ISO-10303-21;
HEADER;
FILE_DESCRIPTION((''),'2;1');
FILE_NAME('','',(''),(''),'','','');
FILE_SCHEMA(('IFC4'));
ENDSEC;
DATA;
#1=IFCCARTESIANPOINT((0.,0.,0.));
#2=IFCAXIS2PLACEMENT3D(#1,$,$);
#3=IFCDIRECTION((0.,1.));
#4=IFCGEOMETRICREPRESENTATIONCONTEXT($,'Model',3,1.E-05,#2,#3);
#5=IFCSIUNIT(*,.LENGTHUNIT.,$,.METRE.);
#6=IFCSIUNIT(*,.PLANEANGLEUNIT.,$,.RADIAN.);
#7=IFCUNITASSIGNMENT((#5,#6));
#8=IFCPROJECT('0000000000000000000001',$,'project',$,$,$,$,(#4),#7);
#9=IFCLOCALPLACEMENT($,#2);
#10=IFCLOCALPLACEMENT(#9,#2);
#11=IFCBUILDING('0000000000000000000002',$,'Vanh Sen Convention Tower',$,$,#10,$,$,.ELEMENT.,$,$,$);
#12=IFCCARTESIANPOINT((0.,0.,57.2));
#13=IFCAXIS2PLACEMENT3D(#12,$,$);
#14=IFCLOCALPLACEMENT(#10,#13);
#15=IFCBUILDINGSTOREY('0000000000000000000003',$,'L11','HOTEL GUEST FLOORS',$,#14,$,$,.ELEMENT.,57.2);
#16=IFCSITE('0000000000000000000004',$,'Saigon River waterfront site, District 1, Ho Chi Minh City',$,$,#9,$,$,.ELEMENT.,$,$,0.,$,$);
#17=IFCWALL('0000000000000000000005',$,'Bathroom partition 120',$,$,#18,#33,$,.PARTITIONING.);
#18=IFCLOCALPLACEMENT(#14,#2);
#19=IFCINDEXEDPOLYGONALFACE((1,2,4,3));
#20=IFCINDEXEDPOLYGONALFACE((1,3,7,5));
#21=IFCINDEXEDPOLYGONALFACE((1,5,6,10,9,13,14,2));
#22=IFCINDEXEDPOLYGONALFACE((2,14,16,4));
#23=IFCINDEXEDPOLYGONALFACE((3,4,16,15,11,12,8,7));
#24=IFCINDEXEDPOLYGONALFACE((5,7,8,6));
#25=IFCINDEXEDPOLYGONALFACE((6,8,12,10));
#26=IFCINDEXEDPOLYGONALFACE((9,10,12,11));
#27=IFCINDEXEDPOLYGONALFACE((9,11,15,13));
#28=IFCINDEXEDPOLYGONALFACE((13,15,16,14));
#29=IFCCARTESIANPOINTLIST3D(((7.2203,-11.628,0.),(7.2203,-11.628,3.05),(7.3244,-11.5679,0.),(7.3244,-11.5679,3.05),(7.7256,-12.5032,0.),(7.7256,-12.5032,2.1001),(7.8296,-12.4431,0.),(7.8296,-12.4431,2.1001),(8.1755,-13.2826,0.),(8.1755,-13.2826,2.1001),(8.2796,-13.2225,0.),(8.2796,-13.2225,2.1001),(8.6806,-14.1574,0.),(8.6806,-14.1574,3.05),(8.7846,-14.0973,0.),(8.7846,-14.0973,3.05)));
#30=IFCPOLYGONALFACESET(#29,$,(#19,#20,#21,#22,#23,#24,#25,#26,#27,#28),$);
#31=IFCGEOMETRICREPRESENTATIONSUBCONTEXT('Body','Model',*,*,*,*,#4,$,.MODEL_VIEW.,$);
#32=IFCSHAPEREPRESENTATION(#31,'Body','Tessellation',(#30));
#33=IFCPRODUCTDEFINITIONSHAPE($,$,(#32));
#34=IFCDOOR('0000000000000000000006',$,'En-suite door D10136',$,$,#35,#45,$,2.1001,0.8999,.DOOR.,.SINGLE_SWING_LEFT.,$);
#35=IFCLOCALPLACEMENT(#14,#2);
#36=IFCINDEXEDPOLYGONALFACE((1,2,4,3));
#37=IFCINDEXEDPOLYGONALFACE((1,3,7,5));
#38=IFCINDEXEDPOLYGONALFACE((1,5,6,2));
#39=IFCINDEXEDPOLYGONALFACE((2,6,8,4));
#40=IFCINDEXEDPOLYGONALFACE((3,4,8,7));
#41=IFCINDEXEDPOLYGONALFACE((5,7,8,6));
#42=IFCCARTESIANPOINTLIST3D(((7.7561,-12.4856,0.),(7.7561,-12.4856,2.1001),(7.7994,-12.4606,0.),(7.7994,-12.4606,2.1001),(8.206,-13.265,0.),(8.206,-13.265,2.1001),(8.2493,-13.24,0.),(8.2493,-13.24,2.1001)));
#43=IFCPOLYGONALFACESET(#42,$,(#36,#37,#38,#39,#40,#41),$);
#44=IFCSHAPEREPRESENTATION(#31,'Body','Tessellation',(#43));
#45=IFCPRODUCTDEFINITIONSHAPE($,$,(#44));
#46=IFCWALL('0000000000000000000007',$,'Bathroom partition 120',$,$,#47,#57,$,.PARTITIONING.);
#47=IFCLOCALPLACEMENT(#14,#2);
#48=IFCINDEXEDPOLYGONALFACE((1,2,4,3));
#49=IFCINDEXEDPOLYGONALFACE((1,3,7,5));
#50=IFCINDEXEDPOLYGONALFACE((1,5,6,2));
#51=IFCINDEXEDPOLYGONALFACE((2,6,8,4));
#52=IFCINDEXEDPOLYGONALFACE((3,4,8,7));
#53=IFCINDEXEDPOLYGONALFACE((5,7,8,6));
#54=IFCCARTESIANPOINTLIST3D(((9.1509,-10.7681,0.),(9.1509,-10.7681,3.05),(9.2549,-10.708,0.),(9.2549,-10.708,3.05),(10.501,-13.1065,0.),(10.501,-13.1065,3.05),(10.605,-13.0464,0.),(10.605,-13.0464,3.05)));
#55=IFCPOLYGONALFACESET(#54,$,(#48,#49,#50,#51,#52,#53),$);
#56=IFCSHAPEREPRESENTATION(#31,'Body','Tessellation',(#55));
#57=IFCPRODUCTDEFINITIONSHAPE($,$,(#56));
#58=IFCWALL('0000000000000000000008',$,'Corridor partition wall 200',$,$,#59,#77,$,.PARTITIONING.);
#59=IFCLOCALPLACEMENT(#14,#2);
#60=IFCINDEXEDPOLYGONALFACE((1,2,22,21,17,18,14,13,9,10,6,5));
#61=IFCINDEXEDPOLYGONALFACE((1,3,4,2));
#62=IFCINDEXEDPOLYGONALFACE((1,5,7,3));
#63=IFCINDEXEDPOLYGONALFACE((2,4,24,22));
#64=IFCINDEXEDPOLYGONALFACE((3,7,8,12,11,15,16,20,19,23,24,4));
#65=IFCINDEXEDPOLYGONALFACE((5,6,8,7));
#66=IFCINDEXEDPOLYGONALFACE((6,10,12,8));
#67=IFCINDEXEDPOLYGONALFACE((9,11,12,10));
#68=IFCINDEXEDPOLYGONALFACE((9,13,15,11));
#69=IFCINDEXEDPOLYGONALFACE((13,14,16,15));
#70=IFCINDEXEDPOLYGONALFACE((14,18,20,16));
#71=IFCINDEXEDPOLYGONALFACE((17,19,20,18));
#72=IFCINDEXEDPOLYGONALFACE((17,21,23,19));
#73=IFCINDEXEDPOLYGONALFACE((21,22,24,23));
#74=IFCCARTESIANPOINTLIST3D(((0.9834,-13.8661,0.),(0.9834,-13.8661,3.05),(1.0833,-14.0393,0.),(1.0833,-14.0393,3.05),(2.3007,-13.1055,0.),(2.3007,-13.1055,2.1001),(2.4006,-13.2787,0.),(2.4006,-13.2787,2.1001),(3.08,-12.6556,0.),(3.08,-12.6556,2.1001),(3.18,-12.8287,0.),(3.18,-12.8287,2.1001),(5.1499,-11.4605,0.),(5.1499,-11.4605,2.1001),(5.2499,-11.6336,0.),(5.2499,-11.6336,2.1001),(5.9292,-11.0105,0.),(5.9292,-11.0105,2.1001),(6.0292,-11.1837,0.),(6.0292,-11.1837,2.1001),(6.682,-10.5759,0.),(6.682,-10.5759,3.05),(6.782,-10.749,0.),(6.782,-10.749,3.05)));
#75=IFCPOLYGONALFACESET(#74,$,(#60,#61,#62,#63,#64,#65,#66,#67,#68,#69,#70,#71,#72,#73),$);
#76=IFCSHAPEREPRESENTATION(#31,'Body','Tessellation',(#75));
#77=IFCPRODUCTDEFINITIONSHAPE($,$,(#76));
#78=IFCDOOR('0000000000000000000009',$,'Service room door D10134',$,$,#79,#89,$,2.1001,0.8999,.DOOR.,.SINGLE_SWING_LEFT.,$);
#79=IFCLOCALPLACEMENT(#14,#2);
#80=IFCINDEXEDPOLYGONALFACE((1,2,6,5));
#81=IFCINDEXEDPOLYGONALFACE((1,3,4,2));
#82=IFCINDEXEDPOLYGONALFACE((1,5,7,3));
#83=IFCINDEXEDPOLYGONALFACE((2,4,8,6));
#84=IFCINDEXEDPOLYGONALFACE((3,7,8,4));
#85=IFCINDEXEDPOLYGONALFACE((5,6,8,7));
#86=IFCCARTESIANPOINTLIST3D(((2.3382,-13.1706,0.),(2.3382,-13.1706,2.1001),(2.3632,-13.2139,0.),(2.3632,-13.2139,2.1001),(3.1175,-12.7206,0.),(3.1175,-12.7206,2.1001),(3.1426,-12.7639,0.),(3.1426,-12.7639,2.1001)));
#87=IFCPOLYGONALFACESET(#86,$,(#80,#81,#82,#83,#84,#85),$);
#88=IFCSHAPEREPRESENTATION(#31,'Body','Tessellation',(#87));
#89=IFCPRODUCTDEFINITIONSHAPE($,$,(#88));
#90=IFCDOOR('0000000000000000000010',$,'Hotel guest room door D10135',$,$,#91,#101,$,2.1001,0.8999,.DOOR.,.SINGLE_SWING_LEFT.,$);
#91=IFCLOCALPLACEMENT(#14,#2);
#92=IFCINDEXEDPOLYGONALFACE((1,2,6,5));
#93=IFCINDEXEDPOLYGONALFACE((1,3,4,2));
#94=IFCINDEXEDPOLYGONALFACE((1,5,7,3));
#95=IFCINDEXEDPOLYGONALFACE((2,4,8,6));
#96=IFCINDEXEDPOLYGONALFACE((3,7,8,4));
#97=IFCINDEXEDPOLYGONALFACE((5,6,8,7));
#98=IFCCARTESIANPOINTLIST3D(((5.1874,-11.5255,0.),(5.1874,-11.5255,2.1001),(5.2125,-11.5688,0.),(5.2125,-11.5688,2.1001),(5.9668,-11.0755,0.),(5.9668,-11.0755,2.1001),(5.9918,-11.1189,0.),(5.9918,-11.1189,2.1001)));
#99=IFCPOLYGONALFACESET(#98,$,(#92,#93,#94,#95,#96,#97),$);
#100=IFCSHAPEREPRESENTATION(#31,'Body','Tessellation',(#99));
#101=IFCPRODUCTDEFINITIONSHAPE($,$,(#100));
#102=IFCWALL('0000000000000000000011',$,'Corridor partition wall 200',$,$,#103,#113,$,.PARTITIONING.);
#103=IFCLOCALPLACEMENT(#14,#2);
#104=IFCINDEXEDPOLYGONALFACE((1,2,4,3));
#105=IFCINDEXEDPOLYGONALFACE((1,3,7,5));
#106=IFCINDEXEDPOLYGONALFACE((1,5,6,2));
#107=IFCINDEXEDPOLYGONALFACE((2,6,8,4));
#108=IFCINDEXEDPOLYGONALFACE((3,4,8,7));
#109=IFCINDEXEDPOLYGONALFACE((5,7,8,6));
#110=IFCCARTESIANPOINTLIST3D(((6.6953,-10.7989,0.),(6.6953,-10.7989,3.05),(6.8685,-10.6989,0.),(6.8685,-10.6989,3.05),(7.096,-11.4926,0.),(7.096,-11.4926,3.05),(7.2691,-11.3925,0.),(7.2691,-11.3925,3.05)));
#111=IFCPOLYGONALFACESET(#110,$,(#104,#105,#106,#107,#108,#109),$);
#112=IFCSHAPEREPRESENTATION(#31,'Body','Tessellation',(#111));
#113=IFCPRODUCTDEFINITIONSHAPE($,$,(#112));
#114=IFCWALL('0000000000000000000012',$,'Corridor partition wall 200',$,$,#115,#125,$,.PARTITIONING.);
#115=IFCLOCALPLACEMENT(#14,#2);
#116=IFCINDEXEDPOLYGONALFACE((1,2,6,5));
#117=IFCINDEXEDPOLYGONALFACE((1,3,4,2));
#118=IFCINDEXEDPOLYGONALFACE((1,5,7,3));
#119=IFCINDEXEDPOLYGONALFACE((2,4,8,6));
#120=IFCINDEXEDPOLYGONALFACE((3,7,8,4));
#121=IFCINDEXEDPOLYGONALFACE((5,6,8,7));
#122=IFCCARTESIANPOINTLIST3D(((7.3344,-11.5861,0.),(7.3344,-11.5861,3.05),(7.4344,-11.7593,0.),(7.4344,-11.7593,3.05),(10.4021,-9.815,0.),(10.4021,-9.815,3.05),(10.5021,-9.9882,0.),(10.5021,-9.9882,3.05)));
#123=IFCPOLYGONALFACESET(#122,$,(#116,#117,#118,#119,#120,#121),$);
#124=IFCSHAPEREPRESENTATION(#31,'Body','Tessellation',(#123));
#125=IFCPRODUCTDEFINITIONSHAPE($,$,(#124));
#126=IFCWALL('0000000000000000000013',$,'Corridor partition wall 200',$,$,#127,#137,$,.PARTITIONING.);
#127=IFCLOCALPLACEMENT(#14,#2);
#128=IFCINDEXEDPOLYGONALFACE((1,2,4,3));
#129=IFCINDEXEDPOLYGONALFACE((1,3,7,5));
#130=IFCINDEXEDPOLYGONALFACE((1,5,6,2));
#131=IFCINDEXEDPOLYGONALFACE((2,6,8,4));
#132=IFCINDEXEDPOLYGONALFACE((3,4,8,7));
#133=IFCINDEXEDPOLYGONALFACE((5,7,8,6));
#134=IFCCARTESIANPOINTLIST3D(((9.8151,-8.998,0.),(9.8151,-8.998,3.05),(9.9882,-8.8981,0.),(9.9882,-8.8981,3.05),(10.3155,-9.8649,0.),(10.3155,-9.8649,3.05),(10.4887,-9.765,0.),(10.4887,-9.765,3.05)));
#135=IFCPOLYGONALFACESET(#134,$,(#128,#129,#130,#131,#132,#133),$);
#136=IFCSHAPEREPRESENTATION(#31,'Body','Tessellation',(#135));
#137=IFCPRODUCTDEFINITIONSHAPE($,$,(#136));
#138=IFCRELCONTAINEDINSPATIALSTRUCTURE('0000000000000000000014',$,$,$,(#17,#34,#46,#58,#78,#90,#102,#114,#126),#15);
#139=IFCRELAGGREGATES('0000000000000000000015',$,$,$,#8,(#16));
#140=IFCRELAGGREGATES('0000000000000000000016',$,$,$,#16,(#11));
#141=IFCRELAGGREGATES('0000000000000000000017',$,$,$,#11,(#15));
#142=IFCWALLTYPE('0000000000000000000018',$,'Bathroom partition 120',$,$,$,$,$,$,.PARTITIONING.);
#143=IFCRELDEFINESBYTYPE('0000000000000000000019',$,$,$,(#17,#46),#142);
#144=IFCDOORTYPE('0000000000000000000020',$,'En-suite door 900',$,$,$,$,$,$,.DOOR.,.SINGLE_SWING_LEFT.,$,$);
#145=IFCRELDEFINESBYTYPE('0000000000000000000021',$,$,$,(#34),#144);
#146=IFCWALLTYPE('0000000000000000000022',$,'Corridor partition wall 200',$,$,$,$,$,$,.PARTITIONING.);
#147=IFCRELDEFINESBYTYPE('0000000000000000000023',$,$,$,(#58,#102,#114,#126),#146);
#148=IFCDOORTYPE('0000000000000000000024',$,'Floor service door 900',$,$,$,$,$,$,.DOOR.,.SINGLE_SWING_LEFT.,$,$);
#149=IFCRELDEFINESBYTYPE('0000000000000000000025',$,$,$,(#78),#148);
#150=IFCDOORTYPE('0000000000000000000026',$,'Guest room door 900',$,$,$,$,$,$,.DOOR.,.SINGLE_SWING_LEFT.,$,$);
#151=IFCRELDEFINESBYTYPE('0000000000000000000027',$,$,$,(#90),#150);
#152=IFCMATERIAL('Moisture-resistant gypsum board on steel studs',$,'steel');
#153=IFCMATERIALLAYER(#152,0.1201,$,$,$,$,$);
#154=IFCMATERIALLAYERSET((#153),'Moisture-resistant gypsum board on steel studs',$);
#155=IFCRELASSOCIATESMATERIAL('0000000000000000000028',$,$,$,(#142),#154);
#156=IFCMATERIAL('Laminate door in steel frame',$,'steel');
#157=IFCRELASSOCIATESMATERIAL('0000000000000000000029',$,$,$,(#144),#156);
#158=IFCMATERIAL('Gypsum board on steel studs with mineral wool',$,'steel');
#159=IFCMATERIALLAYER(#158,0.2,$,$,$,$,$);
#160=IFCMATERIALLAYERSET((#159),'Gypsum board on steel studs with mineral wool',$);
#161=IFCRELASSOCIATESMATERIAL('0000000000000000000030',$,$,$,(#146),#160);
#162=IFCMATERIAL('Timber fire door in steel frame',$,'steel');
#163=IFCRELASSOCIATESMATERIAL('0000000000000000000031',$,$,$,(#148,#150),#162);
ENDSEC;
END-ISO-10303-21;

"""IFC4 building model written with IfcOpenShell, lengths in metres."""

from ifc_helpers import new_model, si_unit, direction, frame, frame_2d, origin, place, context, subcontext, project, spatial, rectangle, extrude, material, layer, layer_set, type_object, element, fill, save


model = new_model("IFC4")

# Units and contexts
model_context = context("Model", 3, precision=1e-05, world=origin(), true_north=direction((0.0, 1.0)))
body_context = subcontext(model_context, "Body", "Model", "MODEL_VIEW")
ifc_project = project(units=[si_unit("LENGTHUNIT", "METRE"), si_unit("PLANEANGLEUNIT", "RADIAN")], contexts=[model_context])

# Site, building, storey
site_placement = place(None, origin())
site = spatial("IfcSite", under=ifc_project, at=site_placement, Name="Saigon River waterfront site, District 1, Ho Chi Minh City", CompositionType="ELEMENT", RefElevation=0.0)
building_placement = place(site_placement, origin())
building = spatial("IfcBuilding", under=site, at=building_placement, Name="Vanh Sen Convention Tower", CompositionType="ELEMENT")
storey_placement = place(building_placement, frame((0.0, 0.0, 57.2)))
storey = spatial("IfcBuildingStorey", under=building, at=storey_placement, Name="L11", Description="HOTEL GUEST FLOORS", CompositionType="ELEMENT", Elevation=57.2)

# Wall, opening, door
ifc_material_1 = material(Name="Moisture-resistant gypsum board on steel studs", Category="steel")
ifc_layer_1 = layer(ifc_material_1, 0.1201)
ifc_layer_set_1 = layer_set([ifc_layer_1], Name="Moisture-resistant gypsum board on steel studs")
wall_type_1 = type_object("IfcWallType", Name="Bathroom partition 120", PredefinedType="PARTITIONING", material=ifc_layer_set_1)
wall_1_placement = place(storey_placement, frame((8.7327, -14.1274, 0.0), z_axis=(0.0, 0.0, 1.0), x_axis=(-0.499978, 0.866038, 0.0)))
wall_1 = element("IfcWall", 1, at=wall_1_placement, inside=storey, type_object=wall_type_1, Name="Bathroom partition 120", PredefinedType="PARTITIONING", context=body_context, shape_type="SweptSolid", body=[
    extrude(rectangle(XDim=2.9207, YDim=0.1201, at=frame_2d((1.4604, 0.0))), origin(), (0.0, 0.0, 1.0), 3.05),
])
opening_1_placement = place(wall_1_placement, frame((1.0103, 0.0, 0.0)))
opening_1 = element("IfcOpeningElement", 2, at=opening_1_placement, cuts=wall_1, PredefinedType="OPENING", context=body_context, shape_type="SweptSolid", body=[
    extrude(rectangle(XDim=0.8999, YDim=2.1001, at=frame_2d((0.45, 1.05))), frame((0.0, 0.0701, 0.0), z_axis=(0.0, -1.0, 0.0), x_axis=(1.0, 0.0, 0.0)), (0.0, 0.0, 1.0), 0.1401),
])
ifc_material_2 = material(Name="Laminate door in steel frame", Category="steel")
door_type_1 = type_object("IfcDoorType", Name="En-suite door 900", OperationType="SINGLE_SWING_LEFT", PredefinedType="DOOR", material=ifc_material_2)
door_1_placement = place(opening_1_placement, origin())
door_1 = element("IfcDoor", 3, at=door_1_placement, inside=storey, type_object=door_type_1, Name="En-suite door D10136", OperationType="SINGLE_SWING_LEFT", OverallHeight=2.1001, OverallWidth=0.8999, PredefinedType="DOOR", context=body_context, shape_type="SweptSolid", body=[
    extrude(rectangle(XDim=0.8999, YDim=2.1001, at=frame_2d((0.45, 1.05))), frame((0.0, 0.0249, 0.0), z_axis=(0.0, -1.0, 0.0), x_axis=(1.0, 0.0, 0.0)), (0.0, 0.0, 1.0), 0.05),
])
fill(opening_1, door_1)

# Wall
wall_2_placement = place(storey_placement, frame((9.2029, -10.738, 0.0), z_axis=(0.0, 0.0, 1.0), x_axis=(0.500009, -0.86602, 0.0)))
element("IfcWall", 4, at=wall_2_placement, inside=storey, type_object=wall_type_1, Name="Bathroom partition 120", PredefinedType="PARTITIONING", context=body_context, shape_type="SweptSolid", body=[
    extrude(rectangle(XDim=2.7002, YDim=0.1201, at=frame_2d((1.3501, 0.0))), origin(), (0.0, 0.0, 1.0), 3.05),
])

# Wall, openings, doors
ifc_material_3 = material(Name="Gypsum board on steel studs with mineral wool", Category="steel")
ifc_layer_2 = layer(ifc_material_3, 0.2)
ifc_layer_set_2 = layer_set([ifc_layer_2], Name="Gypsum board on steel studs with mineral wool")
wall_type_2 = type_object("IfcWallType", Name="Corridor partition wall 200", PredefinedType="PARTITIONING", material=ifc_layer_set_2)
wall_3_placement = place(storey_placement, frame((1.0334, -13.9526, 0.0), z_axis=(0.0, 0.0, 1.0), x_axis=(0.866018, 0.500014, 0.0)))
wall_3 = element("IfcWall", 5, at=wall_3_placement, inside=storey, type_object=wall_type_2, Name="Corridor partition wall 200", PredefinedType="PARTITIONING", context=body_context, shape_type="SweptSolid", body=[
    extrude(rectangle(XDim=6.5803, YDim=0.2, at=frame_2d((3.29, 0.0))), origin(), (0.0, 0.0, 1.0), 3.05),
])
opening_2_placement = place(wall_3_placement, frame((1.521, 0.0, 0.0)))
opening_2 = element("IfcOpeningElement", 6, at=opening_2_placement, cuts=wall_3, PredefinedType="OPENING", context=body_context, shape_type="SweptSolid", body=[
    extrude(rectangle(XDim=0.8999, YDim=2.1001, at=frame_2d((0.45, 1.05))), frame((0.0, 0.1099, 0.0), z_axis=(0.0, -1.0, 0.0), x_axis=(1.0, 0.0, 0.0)), (0.0, 0.0, 1.0), 0.22),
])
opening_3_placement = place(wall_3_placement, frame((4.811, 0.0, 0.0)))
opening_3 = element("IfcOpeningElement", 7, at=opening_3_placement, cuts=wall_3, PredefinedType="OPENING", context=body_context, shape_type="SweptSolid", body=[
    extrude(rectangle(XDim=0.8999, YDim=2.1001, at=frame_2d((0.45, 1.05))), frame((0.0, 0.1099, 0.0), z_axis=(0.0, -1.0, 0.0), x_axis=(1.0, 0.0, 0.0)), (0.0, 0.0, 1.0), 0.22),
])
ifc_material_4 = material(Name="Timber fire door in steel frame", Category="steel")
door_type_2 = type_object("IfcDoorType", Name="Floor service door 900", OperationType="SINGLE_SWING_LEFT", PredefinedType="DOOR", material=ifc_material_4)
door_2_placement = place(opening_2_placement, origin())
door_2 = element("IfcDoor", 8, at=door_2_placement, inside=storey, type_object=door_type_2, Name="Service room door D10134", OperationType="SINGLE_SWING_LEFT", OverallHeight=2.1001, OverallWidth=0.8999, PredefinedType="DOOR", context=body_context, shape_type="SweptSolid", body=[
    extrude(rectangle(XDim=0.8999, YDim=2.1001, at=frame_2d((0.45, 1.05))), frame((0.0, 0.0249, 0.0), z_axis=(0.0, -1.0, 0.0), x_axis=(1.0, 0.0, 0.0)), (0.0, 0.0, 1.0), 0.05),
])
fill(opening_2, door_2)
door_type_3 = type_object("IfcDoorType", Name="Guest room door 900", OperationType="SINGLE_SWING_LEFT", PredefinedType="DOOR", material=ifc_material_4)
door_3_placement = place(opening_3_placement, origin())
door_3 = element("IfcDoor", 9, at=door_3_placement, inside=storey, type_object=door_type_3, Name="Hotel guest room door D10135", OperationType="SINGLE_SWING_LEFT", OverallHeight=2.1001, OverallWidth=0.8999, PredefinedType="DOOR", context=body_context, shape_type="SweptSolid", body=[
    extrude(rectangle(XDim=0.8999, YDim=2.1001, at=frame_2d((0.45, 1.05))), frame((0.0, 0.0249, 0.0), z_axis=(0.0, -1.0, 0.0), x_axis=(1.0, 0.0, 0.0)), (0.0, 0.0, 1.0), 0.05),
])
fill(opening_3, door_3)

# Walls
wall_4_placement = place(storey_placement, frame((6.782, -10.749, 0.0), z_axis=(0.0, 0.0, 1.0), x_axis=(0.500171, -0.865927, 0.0)))
element("IfcWall", 10, at=wall_4_placement, inside=storey, type_object=wall_type_2, Name="Corridor partition wall 200", PredefinedType="PARTITIONING", context=body_context, shape_type="SweptSolid", body=[
    extrude(rectangle(XDim=0.801, YDim=0.2, at=frame_2d((0.4004, 0.0))), origin(), (0.0, 0.0, 1.0), 3.05),
])
wall_5_placement = place(storey_placement, frame((7.3845, -11.6726, 0.0), z_axis=(0.0, 0.0, 1.0), x_axis=(0.866038, 0.499979, 0.0)))
element("IfcWall", 11, at=wall_5_placement, inside=storey, type_object=wall_type_2, Name="Corridor partition wall 200", PredefinedType="PARTITIONING", context=body_context, shape_type="SweptSolid", body=[
    extrude(rectangle(XDim=3.5422, YDim=0.2, at=frame_2d((1.771, 0.0))), origin(), (0.0, 0.0, 1.0), 3.05),
])
wall_6_placement = place(storey_placement, frame((10.4021, -9.8149, 0.0), z_axis=(0.0, 0.0, 1.0), x_axis=(-0.499969, 0.866043, 0.0)))
element("IfcWall", 12, at=wall_6_placement, inside=storey, type_object=wall_type_2, Name="Corridor partition wall 200", PredefinedType="PARTITIONING", context=body_context, shape_type="SweptSolid", body=[
    extrude(rectangle(XDim=1.001, YDim=0.2, at=frame_2d((0.5005, 0.0))), origin(), (0.0, 0.0, 1.0), 3.05),
])

save(model, "model.ifc")
